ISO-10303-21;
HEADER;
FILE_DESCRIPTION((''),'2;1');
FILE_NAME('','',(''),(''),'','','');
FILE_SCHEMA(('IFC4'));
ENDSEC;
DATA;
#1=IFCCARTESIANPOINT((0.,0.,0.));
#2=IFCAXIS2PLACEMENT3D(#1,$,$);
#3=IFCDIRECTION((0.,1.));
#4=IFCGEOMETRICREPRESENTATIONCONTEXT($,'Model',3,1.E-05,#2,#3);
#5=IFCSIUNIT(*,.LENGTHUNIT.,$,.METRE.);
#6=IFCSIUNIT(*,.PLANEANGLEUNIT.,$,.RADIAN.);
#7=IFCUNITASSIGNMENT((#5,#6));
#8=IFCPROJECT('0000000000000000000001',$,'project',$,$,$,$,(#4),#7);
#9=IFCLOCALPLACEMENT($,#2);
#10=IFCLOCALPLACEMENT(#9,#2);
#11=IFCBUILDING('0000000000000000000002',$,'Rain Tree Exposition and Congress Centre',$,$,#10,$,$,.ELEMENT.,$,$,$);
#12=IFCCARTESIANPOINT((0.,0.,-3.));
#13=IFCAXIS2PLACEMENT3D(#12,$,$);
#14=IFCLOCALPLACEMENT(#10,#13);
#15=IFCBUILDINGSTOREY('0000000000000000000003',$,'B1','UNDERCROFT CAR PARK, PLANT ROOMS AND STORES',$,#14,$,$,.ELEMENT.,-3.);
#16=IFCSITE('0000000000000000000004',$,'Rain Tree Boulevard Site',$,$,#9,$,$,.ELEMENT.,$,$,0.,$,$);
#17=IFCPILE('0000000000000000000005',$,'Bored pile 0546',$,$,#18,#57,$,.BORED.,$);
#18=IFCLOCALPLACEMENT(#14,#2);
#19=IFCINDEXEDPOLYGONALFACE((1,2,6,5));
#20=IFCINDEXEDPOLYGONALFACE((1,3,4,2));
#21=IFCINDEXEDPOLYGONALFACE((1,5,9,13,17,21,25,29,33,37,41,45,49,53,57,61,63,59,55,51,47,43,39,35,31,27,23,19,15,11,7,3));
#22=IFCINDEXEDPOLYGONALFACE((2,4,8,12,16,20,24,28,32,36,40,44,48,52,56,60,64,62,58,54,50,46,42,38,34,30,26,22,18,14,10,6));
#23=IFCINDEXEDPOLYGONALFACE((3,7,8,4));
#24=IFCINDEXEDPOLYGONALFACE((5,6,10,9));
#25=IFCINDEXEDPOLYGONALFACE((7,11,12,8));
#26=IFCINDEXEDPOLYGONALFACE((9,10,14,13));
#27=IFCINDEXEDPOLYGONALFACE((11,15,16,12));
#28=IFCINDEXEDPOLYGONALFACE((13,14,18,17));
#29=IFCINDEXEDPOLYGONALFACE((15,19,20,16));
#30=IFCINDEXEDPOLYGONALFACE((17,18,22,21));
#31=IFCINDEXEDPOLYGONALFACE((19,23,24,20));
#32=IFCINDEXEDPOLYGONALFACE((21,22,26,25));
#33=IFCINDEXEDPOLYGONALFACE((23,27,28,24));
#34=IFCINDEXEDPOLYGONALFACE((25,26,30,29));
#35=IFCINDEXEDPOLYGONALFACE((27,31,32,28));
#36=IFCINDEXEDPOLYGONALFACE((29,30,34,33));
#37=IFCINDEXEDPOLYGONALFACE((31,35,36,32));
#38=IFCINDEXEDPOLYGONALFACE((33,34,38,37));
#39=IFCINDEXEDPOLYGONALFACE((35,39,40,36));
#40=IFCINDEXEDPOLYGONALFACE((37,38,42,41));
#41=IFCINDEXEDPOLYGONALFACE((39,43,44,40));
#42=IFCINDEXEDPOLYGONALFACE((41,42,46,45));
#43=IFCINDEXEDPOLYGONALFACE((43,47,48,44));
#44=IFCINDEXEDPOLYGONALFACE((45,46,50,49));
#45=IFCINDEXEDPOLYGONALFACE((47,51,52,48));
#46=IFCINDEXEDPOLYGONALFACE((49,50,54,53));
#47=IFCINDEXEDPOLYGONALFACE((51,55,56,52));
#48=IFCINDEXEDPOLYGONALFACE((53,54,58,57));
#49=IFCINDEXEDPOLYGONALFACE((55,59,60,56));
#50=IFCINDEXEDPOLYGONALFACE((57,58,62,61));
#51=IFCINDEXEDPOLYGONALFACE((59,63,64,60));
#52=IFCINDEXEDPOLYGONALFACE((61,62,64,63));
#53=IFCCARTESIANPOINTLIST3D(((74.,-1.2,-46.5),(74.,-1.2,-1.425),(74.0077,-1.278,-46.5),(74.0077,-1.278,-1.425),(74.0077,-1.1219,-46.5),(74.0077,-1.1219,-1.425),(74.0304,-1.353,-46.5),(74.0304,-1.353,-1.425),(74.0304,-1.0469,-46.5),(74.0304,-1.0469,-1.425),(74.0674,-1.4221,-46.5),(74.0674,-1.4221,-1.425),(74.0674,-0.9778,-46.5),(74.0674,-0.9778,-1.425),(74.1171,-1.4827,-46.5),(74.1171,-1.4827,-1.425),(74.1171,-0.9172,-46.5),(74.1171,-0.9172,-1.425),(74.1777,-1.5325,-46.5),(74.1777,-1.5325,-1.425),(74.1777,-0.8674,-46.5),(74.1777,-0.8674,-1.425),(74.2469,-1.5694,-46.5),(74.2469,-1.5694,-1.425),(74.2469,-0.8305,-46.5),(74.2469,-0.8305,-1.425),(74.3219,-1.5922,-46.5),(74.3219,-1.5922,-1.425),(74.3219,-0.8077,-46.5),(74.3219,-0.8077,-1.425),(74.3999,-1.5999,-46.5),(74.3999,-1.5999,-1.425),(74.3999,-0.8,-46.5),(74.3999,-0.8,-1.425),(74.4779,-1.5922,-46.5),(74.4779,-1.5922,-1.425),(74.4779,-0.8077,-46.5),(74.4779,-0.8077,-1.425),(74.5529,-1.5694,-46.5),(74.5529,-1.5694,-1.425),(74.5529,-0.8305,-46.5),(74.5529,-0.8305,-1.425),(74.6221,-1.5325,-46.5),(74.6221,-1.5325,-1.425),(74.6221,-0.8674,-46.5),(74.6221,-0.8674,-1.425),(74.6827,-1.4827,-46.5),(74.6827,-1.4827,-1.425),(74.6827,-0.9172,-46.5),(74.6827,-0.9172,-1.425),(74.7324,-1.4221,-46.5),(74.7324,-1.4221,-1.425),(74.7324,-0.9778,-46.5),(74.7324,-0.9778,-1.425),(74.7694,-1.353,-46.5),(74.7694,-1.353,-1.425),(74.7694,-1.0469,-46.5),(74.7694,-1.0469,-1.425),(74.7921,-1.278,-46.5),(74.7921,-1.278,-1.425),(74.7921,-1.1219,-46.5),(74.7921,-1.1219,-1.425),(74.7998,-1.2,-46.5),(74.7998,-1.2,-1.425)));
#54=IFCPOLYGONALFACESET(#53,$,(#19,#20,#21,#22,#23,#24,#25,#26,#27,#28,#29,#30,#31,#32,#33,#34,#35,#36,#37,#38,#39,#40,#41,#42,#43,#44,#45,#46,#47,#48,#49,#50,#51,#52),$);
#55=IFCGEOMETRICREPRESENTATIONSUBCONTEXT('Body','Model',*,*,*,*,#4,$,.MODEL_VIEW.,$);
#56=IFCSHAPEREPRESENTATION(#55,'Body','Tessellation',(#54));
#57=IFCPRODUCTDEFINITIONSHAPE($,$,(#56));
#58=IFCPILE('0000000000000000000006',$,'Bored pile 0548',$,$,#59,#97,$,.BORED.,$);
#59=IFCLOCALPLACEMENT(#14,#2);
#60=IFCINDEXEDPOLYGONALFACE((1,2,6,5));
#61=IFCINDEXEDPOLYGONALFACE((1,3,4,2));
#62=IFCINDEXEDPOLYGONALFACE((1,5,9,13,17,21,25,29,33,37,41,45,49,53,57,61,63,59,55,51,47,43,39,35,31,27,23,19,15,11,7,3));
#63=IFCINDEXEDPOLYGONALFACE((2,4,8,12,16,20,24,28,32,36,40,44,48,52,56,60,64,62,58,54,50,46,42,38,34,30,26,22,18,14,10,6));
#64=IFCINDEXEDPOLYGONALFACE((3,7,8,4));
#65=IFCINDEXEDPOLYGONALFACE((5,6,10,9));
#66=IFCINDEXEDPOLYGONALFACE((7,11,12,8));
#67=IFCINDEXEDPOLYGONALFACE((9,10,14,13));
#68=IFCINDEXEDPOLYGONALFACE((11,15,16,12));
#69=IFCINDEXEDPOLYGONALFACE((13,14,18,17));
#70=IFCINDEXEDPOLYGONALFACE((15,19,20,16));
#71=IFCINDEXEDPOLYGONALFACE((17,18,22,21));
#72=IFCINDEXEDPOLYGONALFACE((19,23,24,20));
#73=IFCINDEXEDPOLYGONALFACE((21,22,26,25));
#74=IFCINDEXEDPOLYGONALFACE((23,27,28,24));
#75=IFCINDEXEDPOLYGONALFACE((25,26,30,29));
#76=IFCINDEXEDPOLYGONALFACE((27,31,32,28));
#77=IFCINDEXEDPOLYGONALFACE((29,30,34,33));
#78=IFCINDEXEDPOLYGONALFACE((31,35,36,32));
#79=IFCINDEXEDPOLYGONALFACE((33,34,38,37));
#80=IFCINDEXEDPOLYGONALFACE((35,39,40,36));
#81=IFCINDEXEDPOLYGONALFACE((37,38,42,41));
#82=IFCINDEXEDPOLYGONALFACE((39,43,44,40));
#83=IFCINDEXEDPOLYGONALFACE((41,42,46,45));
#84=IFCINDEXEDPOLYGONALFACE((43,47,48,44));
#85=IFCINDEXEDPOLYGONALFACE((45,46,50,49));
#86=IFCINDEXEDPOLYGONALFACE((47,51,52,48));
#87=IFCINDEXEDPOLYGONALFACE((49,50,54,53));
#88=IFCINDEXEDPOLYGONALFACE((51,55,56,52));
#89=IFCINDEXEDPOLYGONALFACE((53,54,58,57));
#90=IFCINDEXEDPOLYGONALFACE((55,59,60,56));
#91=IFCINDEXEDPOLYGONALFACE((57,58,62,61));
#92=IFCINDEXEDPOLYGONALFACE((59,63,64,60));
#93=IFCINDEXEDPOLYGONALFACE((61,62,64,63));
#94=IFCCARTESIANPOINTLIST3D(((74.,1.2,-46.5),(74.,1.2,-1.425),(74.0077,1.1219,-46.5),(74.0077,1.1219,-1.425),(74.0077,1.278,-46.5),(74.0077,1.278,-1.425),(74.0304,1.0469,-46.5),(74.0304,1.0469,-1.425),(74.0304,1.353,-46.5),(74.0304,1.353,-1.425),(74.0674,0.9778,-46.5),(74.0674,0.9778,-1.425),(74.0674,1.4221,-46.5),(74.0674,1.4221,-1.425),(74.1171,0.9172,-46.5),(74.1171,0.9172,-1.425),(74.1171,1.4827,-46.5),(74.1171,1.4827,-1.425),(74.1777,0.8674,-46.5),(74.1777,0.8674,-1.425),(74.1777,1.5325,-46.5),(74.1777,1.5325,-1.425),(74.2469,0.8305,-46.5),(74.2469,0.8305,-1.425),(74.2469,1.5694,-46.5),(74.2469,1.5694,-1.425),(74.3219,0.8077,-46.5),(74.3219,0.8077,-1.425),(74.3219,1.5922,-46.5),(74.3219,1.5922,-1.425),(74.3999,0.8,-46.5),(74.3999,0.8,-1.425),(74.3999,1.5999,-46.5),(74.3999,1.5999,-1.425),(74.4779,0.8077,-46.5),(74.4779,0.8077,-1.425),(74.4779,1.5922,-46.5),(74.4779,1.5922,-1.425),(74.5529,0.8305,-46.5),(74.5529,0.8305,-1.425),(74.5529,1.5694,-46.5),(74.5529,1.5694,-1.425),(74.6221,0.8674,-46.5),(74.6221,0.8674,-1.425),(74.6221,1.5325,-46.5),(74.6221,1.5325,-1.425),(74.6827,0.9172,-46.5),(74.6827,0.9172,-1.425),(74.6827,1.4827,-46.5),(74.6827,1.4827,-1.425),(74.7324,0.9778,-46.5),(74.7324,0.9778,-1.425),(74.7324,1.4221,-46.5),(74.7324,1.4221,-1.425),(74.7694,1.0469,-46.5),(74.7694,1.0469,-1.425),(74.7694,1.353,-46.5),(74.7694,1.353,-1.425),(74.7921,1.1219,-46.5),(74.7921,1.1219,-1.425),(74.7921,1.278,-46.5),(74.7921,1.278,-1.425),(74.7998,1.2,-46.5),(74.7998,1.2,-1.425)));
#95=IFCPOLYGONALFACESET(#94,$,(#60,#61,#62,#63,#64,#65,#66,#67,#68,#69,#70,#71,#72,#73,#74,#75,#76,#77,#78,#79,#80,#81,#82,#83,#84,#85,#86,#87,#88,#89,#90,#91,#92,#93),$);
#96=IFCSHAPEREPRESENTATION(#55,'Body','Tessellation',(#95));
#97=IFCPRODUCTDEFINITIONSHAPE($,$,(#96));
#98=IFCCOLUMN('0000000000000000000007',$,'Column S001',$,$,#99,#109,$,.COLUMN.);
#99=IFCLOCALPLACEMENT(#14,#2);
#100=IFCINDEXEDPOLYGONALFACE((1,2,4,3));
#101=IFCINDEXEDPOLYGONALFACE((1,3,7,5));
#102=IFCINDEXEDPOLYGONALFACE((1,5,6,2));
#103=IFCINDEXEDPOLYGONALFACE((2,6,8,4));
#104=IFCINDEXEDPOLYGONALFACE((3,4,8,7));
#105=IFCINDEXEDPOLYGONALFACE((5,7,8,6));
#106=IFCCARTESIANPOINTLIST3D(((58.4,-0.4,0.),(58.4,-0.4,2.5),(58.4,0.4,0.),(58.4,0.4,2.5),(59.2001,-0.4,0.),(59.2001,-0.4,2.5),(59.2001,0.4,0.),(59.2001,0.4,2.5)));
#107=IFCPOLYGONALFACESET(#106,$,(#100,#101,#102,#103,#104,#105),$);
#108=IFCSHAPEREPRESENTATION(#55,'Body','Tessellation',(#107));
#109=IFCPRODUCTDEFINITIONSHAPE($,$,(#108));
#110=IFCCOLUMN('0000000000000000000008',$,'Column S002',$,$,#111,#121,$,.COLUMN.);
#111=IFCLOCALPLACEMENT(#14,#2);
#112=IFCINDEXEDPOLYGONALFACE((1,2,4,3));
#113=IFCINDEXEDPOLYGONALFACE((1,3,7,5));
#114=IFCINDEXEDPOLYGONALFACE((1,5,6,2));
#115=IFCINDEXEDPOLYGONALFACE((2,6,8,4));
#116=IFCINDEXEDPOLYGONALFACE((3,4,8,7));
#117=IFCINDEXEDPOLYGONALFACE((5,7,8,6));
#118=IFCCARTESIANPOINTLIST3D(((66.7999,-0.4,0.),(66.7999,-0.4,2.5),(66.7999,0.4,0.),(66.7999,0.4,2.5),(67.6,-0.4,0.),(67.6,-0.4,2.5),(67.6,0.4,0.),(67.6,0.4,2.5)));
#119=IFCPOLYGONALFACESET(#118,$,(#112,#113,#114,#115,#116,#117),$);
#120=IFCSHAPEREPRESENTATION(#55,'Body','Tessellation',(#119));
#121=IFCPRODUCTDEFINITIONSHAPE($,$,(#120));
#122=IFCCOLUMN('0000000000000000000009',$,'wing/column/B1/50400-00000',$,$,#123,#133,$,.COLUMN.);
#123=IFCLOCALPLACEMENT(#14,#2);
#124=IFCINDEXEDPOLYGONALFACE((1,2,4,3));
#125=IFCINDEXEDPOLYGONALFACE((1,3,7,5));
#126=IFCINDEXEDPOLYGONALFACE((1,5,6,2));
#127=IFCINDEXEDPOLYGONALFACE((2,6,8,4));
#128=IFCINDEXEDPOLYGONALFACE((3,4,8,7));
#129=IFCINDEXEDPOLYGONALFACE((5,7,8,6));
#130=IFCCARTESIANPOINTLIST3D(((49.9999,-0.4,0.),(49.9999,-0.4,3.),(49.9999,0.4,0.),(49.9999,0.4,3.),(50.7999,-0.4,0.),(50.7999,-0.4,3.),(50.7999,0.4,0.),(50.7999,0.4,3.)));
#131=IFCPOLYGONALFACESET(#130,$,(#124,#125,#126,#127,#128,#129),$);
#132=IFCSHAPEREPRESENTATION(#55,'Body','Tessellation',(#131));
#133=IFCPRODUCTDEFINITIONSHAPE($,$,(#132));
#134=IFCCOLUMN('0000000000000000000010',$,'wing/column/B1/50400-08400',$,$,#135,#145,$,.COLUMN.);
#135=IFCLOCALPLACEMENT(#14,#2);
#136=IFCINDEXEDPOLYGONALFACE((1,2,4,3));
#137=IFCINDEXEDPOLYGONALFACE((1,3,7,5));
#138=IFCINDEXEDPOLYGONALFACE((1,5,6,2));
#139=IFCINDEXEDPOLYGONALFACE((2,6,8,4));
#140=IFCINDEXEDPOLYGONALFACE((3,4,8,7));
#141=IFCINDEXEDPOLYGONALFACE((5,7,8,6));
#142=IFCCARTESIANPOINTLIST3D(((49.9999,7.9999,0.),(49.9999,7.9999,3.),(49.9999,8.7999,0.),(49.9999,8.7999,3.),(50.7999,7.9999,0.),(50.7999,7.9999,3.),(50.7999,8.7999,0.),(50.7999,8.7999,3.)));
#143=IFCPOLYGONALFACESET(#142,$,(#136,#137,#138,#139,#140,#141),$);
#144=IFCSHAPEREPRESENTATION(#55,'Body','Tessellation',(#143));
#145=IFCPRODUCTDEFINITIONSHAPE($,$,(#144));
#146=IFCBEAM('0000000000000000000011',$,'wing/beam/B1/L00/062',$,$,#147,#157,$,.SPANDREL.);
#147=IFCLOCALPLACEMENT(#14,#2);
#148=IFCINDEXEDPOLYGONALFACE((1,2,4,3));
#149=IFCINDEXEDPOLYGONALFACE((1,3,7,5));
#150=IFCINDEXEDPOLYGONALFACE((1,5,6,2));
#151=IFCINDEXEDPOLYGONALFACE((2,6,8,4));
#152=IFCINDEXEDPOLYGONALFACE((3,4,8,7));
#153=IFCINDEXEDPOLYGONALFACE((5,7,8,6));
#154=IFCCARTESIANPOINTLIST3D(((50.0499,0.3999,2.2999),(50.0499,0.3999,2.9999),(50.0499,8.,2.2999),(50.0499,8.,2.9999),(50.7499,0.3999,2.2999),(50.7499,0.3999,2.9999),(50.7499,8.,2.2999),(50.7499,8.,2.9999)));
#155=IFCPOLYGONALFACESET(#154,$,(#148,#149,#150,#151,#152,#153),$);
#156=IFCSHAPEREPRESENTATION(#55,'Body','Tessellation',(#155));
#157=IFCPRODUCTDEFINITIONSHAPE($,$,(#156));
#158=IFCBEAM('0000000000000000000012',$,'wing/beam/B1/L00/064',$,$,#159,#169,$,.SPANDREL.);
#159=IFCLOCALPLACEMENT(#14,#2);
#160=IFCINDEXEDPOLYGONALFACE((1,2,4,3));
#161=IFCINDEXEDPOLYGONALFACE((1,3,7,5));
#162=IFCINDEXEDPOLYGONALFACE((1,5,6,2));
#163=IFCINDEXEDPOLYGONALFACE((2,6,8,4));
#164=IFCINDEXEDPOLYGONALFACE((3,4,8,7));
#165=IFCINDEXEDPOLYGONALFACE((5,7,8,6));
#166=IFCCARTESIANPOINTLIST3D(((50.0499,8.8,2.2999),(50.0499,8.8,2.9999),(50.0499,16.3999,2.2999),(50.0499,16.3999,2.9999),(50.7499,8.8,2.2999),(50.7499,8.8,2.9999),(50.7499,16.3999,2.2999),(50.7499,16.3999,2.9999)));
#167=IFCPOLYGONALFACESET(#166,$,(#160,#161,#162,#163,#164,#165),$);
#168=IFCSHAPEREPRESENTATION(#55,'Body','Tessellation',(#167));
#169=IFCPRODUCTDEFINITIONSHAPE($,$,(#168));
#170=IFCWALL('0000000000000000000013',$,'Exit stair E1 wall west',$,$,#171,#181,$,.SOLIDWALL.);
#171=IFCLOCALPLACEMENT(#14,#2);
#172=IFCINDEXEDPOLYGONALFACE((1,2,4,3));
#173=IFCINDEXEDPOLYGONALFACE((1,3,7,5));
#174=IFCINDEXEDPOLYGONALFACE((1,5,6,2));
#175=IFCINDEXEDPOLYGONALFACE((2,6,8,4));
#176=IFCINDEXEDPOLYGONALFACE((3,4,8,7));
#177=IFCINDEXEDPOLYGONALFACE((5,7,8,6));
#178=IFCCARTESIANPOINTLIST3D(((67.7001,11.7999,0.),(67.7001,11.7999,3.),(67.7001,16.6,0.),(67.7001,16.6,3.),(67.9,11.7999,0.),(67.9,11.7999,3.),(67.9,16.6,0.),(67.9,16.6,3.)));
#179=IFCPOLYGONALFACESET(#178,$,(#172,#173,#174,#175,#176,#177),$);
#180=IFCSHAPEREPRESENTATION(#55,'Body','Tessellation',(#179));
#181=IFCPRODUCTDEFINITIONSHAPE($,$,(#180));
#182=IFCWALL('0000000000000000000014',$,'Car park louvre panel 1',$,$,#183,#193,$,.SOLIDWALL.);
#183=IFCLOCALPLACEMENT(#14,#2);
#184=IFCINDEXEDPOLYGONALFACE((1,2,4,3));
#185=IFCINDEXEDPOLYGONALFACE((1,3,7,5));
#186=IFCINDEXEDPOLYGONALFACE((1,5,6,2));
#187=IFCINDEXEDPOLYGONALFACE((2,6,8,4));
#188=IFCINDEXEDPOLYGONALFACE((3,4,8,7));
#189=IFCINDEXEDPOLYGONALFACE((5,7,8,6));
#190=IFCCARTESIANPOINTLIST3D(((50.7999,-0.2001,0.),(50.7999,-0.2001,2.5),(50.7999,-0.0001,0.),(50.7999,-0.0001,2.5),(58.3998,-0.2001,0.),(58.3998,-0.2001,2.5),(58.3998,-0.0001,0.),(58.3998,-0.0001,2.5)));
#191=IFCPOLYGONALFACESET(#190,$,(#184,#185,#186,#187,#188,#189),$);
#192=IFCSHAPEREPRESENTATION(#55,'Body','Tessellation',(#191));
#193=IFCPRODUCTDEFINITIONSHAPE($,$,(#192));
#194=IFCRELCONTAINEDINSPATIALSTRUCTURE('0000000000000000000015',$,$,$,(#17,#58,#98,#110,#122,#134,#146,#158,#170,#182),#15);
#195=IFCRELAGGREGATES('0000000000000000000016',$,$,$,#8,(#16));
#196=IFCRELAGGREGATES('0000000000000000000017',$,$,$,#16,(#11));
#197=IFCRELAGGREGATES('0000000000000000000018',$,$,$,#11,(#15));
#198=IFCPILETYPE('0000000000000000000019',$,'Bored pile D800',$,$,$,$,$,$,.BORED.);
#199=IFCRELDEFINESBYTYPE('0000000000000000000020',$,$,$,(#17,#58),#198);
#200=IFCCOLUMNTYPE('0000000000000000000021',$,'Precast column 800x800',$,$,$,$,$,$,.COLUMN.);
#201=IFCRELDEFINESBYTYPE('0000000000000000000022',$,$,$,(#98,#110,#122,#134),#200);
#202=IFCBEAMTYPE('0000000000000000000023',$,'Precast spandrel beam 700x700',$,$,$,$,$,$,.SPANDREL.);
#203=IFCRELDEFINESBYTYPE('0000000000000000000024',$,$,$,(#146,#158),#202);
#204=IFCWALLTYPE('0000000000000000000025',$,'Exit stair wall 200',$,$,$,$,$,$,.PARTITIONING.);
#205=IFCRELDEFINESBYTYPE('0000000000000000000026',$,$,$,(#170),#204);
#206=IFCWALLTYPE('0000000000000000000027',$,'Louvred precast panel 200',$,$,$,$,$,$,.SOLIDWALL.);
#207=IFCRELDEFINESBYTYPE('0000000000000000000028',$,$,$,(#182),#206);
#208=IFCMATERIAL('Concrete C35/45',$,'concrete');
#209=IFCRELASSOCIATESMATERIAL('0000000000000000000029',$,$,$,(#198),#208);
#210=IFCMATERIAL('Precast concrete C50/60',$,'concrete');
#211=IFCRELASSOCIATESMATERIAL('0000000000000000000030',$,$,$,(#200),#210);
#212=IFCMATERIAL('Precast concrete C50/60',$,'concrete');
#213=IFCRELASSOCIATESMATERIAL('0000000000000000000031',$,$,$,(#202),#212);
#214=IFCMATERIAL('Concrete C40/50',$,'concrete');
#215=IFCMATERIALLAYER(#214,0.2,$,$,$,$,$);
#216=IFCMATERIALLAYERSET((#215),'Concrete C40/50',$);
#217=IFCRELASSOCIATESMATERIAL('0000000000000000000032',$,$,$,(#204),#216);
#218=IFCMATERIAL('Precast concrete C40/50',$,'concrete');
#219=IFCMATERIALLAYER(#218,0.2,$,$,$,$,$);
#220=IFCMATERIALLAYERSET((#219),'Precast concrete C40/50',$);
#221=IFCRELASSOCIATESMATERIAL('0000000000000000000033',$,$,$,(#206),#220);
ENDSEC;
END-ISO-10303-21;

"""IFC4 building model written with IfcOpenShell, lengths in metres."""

from ifc_helpers import new_model, si_unit, direction, frame, frame_2d, origin, origin_2d, place, context, subcontext, project, spatial, rectangle, circle, extrude, material, layer, layer_set, material_profile, profile_set, type_object, element, save


model = new_model("IFC4")

# Units and contexts
model_context = context("Model", 3, precision=1e-05, world=origin(), true_north=direction((0.0, 1.0)))
body_context = subcontext(model_context, "Body", "Model", "MODEL_VIEW")
ifc_project = project(units=[si_unit("LENGTHUNIT", "METRE"), si_unit("PLANEANGLEUNIT", "RADIAN")], contexts=[model_context])

# Site, building, storey
site_placement = place(None, origin())
site = spatial("IfcSite", under=ifc_project, at=site_placement, Name="Rain Tree Boulevard Site", CompositionType="ELEMENT", RefElevation=0.0)
building_placement = place(site_placement, origin())
building = spatial("IfcBuilding", under=site, at=building_placement, Name="Rain Tree Exposition and Congress Centre", CompositionType="ELEMENT")
storey_placement = place(building_placement, frame((0.0, 0.0, -3.0)))
storey = spatial("IfcBuildingStorey", under=building, at=storey_placement, Name="B1", Description="UNDERCROFT CAR PARK, PLANT ROOMS AND STORES", CompositionType="ELEMENT", Elevation=-3.0)

# Piles
ifc_material_1 = material(Name="Concrete C35/45", Category="concrete")
ifc_material_profile_1 = material_profile(ifc_material_1, circle(Radius=0.3999, at=origin_2d()), Name="D800")
ifc_profile_set_1 = profile_set([ifc_material_profile_1], Name="Concrete C35/45")
pile_type_1 = type_object("IfcPileType", Name="Bored pile D800", PredefinedType="BORED", material=ifc_profile_set_1)
for number, where, z_axis, x_axis, name in (
    (1, (74.3999, -1.2, -1.425), (0.0, 0.0, -1.0), (1.0, 0.0, 0.0), "Bored pile 0546"),
    (2, (74.3999, 1.2, -1.425), (0.0, 0.0, -1.0), (1.0, 0.0, 0.0), "Bored pile 0548"),
):
    element("IfcPile", number, at=place(storey_placement, frame(where, z_axis=z_axis, x_axis=x_axis)), inside=storey, type_object=pile_type_1, Name=name, PredefinedType="BORED", context=body_context, shape_type="SweptSolid", body=[
        extrude(circle(Radius=0.3999, at=origin_2d()), origin(), (0.0, 0.0, 1.0), 45.075),
    ])

# Columns
ifc_material_2 = material(Name="Precast concrete C50/60", Category="concrete")
ifc_material_profile_2 = material_profile(ifc_material_2, rectangle(XDim=0.8, YDim=0.8, at=origin_2d()), Name="RC 800x800")
ifc_profile_set_2 = profile_set([ifc_material_profile_2], Name="Precast concrete C50/60")
column_type = type_object("IfcColumnType", Name="Precast column 800x800", PredefinedType="COLUMN", material=ifc_profile_set_2)
for number, where, z_axis, x_axis, name in (
    (3, (58.8, 0.0, 0.0), (0.0, 0.0, 1.0), (1.0, 0.0, 0.0), "Column S001"),
    (4, (67.2, 0.0, 0.0), (0.0, 0.0, 1.0), (1.0, 0.0, 0.0), "Column S002"),
):
    element("IfcColumn", number, at=place(storey_placement, frame(where, z_axis=z_axis, x_axis=x_axis)), inside=storey, type_object=column_type, Name=name, PredefinedType="COLUMN", context=body_context, shape_type="SweptSolid", body=[
        extrude(rectangle(XDim=0.8, YDim=0.8, at=origin_2d()), origin(), (0.0, 0.0, 1.0), 2.5),
    ])
for number, where, z_axis, x_axis, name in (
    (5, (50.3999, 0.0, 0.0), (0.0, 0.0, 1.0), (1.0, 0.0, 0.0), "wing/column/B1/50400-00000"),
    (6, (50.3999, 8.3999, 0.0), (0.0, 0.0, 1.0), (1.0, 0.0, 0.0), "wing/column/B1/50400-08400"),
):
    element("IfcColumn", number, at=place(storey_placement, frame(where, z_axis=z_axis, x_axis=x_axis)), inside=storey, type_object=column_type, Name=name, PredefinedType="COLUMN", context=body_context, shape_type="SweptSolid", body=[
        extrude(rectangle(XDim=0.8, YDim=0.8, at=origin_2d()), origin(), (0.0, 0.0, 1.0), 3.0),
    ])

# Beams
ifc_material_3 = material(Name="Precast concrete C50/60", Category="concrete")
ifc_material_profile_3 = material_profile(ifc_material_3, rectangle(XDim=0.7, YDim=0.7, at=origin_2d()), Name="RC 700x700")
ifc_profile_set_3 = profile_set([ifc_material_profile_3], Name="Precast concrete C50/60")
beam_type = type_object("IfcBeamType", Name="Precast spandrel beam 700x700", PredefinedType="SPANDREL", material=ifc_profile_set_3)
beam_1_placement = place(storey_placement, frame((50.3999, 0.3999, 2.6499), z_axis=(0.0, 1.0, 0.0), x_axis=(-1.0, 0.0, 0.0)))
element("IfcBeam", 7, at=beam_1_placement, inside=storey, type_object=beam_type, Name="wing/beam/B1/L00/062", PredefinedType="SPANDREL", context=body_context, shape_type="SweptSolid", body=[
    extrude(rectangle(XDim=0.7, YDim=0.7, at=origin_2d()), origin(), (0.0, 0.0, 1.0), 7.6001),
])
beam_2_placement = place(storey_placement, frame((50.3999, 8.8, 2.6499), z_axis=(0.0, 1.0, 0.0), x_axis=(-1.0, 0.0, 0.0)))
element("IfcBeam", 8, at=beam_2_placement, inside=storey, type_object=beam_type, Name="wing/beam/B1/L00/064", PredefinedType="SPANDREL", context=body_context, shape_type="SweptSolid", body=[
    extrude(rectangle(XDim=0.7, YDim=0.7, at=origin_2d()), origin(), (0.0, 0.0, 1.0), 7.5999),
])

# Wall
ifc_material_4 = material(Name="Concrete C40/50", Category="concrete")
ifc_layer_1 = layer(ifc_material_4, 0.2)
ifc_layer_set_1 = layer_set([ifc_layer_1], Name="Concrete C40/50")
wall_type_1 = type_object("IfcWallType", Name="Exit stair wall 200", PredefinedType="PARTITIONING", material=ifc_layer_set_1)
wall_1_placement = place(storey_placement, frame((67.8, 11.8, 0.0), z_axis=(0.0, 0.0, 1.0), x_axis=(0.0, 1.0, 0.0)))
element("IfcWall", 9, at=wall_1_placement, inside=storey, type_object=wall_type_1, Name="Exit stair E1 wall west", PredefinedType="SOLIDWALL", context=body_context, shape_type="SweptSolid", body=[
    extrude(rectangle(XDim=4.8, YDim=0.2, at=frame_2d((2.3999, 0.0))), origin(), (0.0, 0.0, 1.0), 3.0),
])

# Wall
ifc_material_5 = material(Name="Precast concrete C40/50", Category="concrete")
ifc_layer_2 = layer(ifc_material_5, 0.2)
ifc_layer_set_2 = layer_set([ifc_layer_2], Name="Precast concrete C40/50")
wall_type_2 = type_object("IfcWallType", Name="Louvred precast panel 200", PredefinedType="SOLIDWALL", material=ifc_layer_set_2)
wall_2_placement = place(storey_placement, frame((50.8, -0.1001, 0.0), z_axis=(0.0, 0.0, 1.0), x_axis=(1.0, 0.0, 0.0)))
element("IfcWall", 10, at=wall_2_placement, inside=storey, type_object=wall_type_2, Name="Car park louvre panel 1", PredefinedType="SOLIDWALL", context=body_context, shape_type="SweptSolid", body=[
    extrude(rectangle(XDim=7.5999, YDim=0.2, at=frame_2d((3.7998, 0.0))), origin(), (0.0, 0.0, 1.0), 2.5),
])

save(model, "model.ifc")
